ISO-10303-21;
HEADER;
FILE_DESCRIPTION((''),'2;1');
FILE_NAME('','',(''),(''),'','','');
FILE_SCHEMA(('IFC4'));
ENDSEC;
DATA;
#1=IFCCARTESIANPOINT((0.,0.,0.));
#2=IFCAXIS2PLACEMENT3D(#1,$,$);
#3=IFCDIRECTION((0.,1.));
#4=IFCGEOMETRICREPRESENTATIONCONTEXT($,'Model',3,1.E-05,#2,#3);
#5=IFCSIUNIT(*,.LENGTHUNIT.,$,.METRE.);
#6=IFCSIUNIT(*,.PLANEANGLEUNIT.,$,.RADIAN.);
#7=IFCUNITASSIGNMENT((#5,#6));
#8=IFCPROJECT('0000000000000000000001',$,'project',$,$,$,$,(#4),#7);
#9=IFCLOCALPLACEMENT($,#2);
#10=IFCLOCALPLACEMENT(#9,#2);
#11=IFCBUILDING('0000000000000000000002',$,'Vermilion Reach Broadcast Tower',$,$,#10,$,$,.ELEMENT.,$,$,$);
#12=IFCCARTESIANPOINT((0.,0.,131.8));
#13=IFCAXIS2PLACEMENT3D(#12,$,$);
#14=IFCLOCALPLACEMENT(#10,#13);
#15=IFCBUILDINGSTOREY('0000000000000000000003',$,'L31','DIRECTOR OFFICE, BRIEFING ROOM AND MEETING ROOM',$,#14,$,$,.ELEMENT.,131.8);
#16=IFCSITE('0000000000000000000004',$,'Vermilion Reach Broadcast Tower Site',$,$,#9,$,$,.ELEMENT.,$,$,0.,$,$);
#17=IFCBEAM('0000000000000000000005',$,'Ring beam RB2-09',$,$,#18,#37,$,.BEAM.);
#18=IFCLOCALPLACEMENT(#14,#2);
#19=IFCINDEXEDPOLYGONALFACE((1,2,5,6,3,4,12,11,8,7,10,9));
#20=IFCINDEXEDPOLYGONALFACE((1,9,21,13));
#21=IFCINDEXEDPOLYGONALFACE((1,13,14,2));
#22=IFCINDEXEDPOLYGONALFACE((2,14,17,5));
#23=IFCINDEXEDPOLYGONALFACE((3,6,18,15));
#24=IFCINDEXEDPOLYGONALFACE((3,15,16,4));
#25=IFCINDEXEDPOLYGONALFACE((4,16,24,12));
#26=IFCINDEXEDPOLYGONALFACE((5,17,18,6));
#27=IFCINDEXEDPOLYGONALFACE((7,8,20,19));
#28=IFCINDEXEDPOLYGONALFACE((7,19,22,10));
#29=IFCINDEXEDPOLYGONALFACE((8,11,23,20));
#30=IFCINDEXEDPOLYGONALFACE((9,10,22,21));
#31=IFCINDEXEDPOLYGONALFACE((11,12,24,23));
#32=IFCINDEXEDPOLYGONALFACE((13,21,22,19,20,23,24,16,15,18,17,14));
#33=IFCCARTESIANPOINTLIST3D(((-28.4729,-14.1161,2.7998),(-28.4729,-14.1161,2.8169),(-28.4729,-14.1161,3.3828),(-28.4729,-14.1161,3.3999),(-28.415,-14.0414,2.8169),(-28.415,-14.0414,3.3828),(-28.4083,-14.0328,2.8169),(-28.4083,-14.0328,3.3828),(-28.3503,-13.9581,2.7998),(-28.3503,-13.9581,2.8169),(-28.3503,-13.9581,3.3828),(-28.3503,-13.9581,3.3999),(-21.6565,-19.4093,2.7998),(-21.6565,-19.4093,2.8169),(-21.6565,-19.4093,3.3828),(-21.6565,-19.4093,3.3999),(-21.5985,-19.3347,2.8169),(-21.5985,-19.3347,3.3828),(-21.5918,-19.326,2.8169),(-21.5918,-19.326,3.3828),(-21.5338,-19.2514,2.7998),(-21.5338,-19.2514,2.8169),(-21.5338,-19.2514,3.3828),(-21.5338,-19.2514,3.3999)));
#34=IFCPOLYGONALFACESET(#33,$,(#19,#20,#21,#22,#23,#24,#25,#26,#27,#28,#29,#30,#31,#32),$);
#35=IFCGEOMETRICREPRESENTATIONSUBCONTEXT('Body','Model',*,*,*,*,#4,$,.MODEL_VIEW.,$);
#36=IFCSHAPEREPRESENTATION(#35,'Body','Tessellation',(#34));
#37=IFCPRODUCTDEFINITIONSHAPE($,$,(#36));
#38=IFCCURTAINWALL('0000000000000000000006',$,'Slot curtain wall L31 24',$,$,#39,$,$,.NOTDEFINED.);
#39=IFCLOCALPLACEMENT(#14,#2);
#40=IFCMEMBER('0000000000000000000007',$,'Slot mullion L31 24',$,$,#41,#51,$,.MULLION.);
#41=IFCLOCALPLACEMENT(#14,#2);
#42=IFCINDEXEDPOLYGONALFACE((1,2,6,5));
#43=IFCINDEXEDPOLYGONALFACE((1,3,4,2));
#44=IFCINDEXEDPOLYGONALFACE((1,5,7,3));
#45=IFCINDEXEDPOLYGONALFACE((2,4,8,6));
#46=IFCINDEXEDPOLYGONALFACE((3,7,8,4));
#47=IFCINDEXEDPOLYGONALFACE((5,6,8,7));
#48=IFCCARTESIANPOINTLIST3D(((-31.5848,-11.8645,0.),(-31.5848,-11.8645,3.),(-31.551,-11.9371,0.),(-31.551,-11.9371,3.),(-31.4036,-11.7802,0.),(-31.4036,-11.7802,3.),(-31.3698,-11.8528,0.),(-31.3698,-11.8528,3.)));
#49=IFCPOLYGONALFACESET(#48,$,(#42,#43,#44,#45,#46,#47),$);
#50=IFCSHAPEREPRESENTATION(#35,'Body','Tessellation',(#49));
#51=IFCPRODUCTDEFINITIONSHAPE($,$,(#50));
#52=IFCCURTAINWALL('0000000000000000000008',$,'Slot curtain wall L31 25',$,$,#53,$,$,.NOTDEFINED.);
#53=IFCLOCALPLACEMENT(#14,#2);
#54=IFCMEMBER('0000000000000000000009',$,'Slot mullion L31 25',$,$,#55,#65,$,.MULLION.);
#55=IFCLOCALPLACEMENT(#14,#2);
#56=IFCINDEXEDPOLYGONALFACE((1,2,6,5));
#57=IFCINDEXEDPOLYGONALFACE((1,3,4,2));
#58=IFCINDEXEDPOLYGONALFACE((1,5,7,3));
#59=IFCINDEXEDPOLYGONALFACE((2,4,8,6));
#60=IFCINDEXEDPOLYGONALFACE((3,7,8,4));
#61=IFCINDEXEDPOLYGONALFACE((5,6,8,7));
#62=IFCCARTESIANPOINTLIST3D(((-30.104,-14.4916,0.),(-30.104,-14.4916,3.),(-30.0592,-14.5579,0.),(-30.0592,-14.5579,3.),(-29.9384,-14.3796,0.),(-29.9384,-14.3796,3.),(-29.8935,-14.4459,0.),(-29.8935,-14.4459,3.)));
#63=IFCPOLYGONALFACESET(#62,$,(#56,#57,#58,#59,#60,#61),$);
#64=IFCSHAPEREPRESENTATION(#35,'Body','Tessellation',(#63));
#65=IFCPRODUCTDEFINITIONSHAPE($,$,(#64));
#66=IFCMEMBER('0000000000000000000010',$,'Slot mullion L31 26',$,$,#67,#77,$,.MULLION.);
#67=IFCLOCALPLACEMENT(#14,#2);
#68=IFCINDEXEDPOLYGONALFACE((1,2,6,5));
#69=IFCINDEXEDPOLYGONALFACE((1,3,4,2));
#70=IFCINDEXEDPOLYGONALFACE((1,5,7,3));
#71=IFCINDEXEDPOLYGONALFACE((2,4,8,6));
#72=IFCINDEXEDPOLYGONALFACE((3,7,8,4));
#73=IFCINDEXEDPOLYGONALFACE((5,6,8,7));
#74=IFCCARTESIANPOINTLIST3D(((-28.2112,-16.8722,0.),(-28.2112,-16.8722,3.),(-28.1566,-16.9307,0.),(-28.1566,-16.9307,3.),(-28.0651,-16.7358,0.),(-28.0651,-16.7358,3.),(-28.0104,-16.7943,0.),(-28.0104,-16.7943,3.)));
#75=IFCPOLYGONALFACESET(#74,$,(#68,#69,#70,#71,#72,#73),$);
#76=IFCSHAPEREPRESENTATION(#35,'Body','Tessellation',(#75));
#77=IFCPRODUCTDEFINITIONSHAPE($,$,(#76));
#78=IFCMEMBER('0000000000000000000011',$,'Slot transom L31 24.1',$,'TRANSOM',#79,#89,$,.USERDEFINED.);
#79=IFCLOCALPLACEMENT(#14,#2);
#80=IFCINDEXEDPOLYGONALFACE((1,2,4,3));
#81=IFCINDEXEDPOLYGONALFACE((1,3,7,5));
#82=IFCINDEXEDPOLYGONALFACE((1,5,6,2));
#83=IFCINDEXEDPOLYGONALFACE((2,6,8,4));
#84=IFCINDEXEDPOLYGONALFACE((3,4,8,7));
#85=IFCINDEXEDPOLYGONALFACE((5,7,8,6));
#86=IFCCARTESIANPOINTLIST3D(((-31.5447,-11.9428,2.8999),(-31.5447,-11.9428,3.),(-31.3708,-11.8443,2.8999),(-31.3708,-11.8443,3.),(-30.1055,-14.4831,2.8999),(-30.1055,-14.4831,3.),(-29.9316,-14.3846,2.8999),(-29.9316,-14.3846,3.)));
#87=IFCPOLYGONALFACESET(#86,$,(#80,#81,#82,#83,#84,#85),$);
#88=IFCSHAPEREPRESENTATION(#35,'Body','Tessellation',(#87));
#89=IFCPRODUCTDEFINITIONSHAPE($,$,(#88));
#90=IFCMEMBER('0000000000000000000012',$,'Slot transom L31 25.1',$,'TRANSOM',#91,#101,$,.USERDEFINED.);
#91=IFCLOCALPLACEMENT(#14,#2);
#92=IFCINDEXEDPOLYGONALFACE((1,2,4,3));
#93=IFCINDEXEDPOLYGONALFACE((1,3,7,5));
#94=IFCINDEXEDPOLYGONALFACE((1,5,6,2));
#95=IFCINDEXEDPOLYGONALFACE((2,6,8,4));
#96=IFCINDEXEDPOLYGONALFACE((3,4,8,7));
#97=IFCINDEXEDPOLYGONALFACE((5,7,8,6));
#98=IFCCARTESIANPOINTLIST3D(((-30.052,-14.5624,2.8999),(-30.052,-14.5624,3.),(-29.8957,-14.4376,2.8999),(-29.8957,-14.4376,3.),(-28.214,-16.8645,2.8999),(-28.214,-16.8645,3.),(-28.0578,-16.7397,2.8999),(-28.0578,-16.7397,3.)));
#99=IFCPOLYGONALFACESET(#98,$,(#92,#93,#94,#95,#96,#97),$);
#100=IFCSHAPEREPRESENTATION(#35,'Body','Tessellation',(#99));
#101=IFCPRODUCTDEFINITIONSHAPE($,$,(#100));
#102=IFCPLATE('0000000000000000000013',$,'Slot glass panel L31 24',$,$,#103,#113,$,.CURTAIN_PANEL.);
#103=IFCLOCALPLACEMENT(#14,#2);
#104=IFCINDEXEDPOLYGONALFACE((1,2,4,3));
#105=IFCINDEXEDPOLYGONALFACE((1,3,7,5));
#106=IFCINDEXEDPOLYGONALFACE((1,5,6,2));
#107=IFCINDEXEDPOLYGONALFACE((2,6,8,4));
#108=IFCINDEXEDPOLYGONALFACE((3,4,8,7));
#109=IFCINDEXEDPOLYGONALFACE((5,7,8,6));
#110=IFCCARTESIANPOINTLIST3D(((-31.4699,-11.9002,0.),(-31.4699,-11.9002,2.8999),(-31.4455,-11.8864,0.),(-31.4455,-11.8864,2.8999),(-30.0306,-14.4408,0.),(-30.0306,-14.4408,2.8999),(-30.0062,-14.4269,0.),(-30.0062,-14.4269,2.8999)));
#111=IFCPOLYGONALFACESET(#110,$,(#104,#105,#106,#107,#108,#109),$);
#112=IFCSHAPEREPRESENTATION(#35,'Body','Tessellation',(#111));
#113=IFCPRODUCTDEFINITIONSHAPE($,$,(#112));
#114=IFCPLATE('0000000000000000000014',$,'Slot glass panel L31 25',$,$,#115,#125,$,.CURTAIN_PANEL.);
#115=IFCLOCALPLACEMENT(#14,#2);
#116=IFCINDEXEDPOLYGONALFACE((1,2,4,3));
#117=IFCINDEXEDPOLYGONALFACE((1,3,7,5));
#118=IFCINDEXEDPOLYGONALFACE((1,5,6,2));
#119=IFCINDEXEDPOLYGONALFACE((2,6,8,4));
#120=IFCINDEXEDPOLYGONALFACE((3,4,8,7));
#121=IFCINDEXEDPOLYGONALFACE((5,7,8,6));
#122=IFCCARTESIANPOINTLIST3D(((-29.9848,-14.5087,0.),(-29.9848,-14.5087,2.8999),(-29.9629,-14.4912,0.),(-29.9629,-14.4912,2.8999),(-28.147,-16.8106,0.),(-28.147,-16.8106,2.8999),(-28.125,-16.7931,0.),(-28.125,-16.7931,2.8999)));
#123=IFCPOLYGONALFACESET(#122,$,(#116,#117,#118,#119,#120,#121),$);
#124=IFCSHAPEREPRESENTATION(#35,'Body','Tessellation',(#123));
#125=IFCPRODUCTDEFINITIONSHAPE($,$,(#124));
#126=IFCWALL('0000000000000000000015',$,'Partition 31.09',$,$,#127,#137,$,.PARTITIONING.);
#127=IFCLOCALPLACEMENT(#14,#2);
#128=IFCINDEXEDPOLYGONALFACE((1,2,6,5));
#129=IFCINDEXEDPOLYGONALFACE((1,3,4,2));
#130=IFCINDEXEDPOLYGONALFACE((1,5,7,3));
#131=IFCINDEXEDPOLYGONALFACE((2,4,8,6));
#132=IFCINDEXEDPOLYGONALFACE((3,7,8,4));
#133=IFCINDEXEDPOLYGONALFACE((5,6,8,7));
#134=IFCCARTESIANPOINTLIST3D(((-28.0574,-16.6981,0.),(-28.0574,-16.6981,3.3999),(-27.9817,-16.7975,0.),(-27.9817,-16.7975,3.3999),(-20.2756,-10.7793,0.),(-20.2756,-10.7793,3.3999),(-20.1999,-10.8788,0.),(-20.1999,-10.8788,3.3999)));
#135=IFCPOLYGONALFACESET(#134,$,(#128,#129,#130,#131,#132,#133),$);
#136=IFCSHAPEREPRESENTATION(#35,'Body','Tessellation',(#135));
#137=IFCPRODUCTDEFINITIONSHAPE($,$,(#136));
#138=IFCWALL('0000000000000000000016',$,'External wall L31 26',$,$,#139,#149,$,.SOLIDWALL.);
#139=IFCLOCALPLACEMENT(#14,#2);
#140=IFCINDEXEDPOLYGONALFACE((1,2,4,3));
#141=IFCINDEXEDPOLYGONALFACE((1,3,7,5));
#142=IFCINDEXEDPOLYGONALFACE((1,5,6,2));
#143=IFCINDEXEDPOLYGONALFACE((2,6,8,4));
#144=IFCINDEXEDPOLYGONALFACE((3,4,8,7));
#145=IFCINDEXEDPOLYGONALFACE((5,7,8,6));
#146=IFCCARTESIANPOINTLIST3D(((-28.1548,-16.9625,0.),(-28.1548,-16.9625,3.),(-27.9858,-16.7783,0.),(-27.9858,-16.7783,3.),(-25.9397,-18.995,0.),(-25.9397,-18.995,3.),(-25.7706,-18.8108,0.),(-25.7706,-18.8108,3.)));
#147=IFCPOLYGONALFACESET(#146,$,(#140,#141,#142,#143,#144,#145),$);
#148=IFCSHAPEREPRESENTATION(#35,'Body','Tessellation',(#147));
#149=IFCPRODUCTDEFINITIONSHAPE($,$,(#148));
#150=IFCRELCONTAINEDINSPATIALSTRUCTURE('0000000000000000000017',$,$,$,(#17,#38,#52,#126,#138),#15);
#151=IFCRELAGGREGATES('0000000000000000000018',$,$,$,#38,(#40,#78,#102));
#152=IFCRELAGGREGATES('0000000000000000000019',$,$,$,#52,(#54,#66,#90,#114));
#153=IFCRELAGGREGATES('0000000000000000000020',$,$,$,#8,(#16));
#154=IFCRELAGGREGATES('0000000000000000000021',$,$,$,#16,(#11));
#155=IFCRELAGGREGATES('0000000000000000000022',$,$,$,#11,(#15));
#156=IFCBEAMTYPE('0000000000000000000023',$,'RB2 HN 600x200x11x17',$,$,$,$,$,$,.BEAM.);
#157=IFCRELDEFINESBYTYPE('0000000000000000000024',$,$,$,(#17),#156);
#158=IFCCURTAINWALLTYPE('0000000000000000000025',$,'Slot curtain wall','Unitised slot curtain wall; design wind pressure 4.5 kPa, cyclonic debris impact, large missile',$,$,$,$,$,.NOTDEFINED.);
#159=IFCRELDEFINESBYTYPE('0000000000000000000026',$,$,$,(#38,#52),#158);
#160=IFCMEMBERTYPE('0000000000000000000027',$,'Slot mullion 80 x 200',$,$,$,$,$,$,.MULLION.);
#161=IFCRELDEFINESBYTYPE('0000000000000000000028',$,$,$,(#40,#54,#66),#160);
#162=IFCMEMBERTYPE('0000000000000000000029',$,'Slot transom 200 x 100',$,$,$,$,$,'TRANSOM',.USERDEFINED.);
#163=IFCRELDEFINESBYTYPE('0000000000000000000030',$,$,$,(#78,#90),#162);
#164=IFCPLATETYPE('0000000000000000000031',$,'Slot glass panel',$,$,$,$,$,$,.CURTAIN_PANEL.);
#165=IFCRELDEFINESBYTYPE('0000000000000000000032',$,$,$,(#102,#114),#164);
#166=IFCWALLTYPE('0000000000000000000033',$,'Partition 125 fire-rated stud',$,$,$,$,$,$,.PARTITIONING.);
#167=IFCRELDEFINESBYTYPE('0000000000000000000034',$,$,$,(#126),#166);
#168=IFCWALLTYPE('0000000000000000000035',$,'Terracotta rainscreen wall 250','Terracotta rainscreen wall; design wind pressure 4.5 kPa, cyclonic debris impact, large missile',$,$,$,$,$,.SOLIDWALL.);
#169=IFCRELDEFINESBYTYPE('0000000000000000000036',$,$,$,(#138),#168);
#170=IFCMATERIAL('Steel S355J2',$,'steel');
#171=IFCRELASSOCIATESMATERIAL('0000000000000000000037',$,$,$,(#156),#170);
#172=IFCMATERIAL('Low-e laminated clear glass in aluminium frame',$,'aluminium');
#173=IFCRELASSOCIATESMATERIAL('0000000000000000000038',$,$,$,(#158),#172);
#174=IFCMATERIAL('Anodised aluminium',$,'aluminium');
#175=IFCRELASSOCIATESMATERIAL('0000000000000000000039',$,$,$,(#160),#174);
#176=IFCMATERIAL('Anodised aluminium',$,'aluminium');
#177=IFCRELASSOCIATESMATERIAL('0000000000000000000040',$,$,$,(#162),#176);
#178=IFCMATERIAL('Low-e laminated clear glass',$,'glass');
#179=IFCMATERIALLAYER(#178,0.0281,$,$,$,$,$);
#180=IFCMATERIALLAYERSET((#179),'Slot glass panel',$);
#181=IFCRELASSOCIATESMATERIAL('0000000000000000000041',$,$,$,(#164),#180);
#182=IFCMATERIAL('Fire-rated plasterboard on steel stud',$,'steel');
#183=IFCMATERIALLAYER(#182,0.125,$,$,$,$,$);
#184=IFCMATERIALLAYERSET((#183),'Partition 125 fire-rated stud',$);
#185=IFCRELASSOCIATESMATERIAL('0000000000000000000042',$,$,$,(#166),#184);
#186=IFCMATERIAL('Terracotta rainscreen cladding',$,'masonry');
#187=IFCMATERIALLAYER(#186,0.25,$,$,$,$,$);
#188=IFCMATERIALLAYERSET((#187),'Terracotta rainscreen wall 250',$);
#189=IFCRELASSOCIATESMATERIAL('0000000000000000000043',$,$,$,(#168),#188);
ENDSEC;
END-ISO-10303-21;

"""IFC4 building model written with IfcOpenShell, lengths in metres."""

from ifc_helpers import new_model, si_unit, direction, frame, frame_2d, origin, origin_2d, place, context, subcontext, project, spatial, rectangle, i_section, extrude, material, layer, layer_set, material_profile, profile_set, type_object, element, aggregate, save


model = new_model("IFC4")

# Units and contexts
model_context = context("Model", 3, precision=1e-05, world=origin(), true_north=direction((0.0, 1.0)))
body_context = subcontext(model_context, "Body", "Model", "MODEL_VIEW")
ifc_project = project(units=[si_unit("LENGTHUNIT", "METRE"), si_unit("PLANEANGLEUNIT", "RADIAN")], contexts=[model_context])

# Site, building, storey
site_placement = place(None, origin())
site = spatial("IfcSite", under=ifc_project, at=site_placement, Name="Vermilion Reach Broadcast Tower Site", CompositionType="ELEMENT", RefElevation=0.0)
building_placement = place(site_placement, origin())
building = spatial("IfcBuilding", under=site, at=building_placement, Name="Vermilion Reach Broadcast Tower", CompositionType="ELEMENT")
storey_placement = place(building_placement, frame((0.0, 0.0, 131.8)))
storey = spatial("IfcBuildingStorey", under=building, at=storey_placement, Name="L31", Description="DIRECTOR OFFICE, BRIEFING ROOM AND MEETING ROOM", CompositionType="ELEMENT", Elevation=131.8)

# Beam
ifc_material_1 = material(Name="Steel S355J2", Category="steel")
ifc_material_profile_1 = material_profile(ifc_material_1, i_section(OverallWidth=0.2, OverallDepth=0.6001, WebThickness=0.011, FlangeThickness=0.0171, at=origin_2d()), Name="S355J2 HN 600x200x11x17")
ifc_profile_set_1 = profile_set([ifc_material_profile_1], Name="Steel S355J2")
beam_type_1 = type_object("IfcBeamType", Name="RB2 HN 600x200x11x17", PredefinedType="BEAM", material=ifc_profile_set_1)
beam_1_placement = place(storey_placement, frame((-28.4116, -14.0371, 3.0999), z_axis=(0.789826, -0.613331, 0.0), x_axis=(0.613331, 0.789826, 0.0)))
element("IfcBeam", 1, at=beam_1_placement, inside=storey, type_object=beam_type_1, Name="Ring beam RB2-09", PredefinedType="BEAM", context=body_context, shape_type="SweptSolid", body=[
    extrude(i_section(OverallWidth=0.2, OverallDepth=0.6001, WebThickness=0.011, FlangeThickness=0.0171, at=origin_2d()), origin(), (0.0, 0.0, 1.0), 8.6304),
])

# Curtain wall, member
ifc_material_2 = material(Name="Low-e laminated clear glass in aluminium frame", Category="aluminium")
curtain_wall_type = type_object("IfcCurtainWallType", Name="Slot curtain wall", Description="Unitised slot curtain wall; design wind pressure 4.5 kPa, cyclonic debris impact, large missile", PredefinedType="NOTDEFINED", material=ifc_material_2)
placement = place(storey_placement, origin())
curtain_wall_1 = element("IfcCurtainWall", 2, at=placement, inside=storey, type_object=curtain_wall_type, Name="Slot curtain wall L31 24", PredefinedType="NOTDEFINED")
ifc_material_3 = material(Name="Anodised aluminium", Category="aluminium")
ifc_material_profile_2 = material_profile(ifc_material_3, rectangle(XDim=0.2, YDim=0.0801, at=origin_2d()), Name="Slot mullion 80 x 200")
ifc_profile_set_2 = profile_set([ifc_material_profile_2], Name="Anodised aluminium")
member_type_1 = type_object("IfcMemberType", Name="Slot mullion 80 x 200", PredefinedType="MULLION", material=ifc_profile_set_2)
member_1_placement = place(storey_placement, frame((-31.4773, -11.8586, 0.0), z_axis=(0.0, 0.0, 1.0), x_axis=(0.906603, 0.421985, 0.0)))
member_1 = element("IfcMember", 3, at=member_1_placement, type_object=member_type_1, Name="Slot mullion L31 24", PredefinedType="MULLION", context=body_context, shape_type="SweptSolid", body=[
    extrude(rectangle(XDim=0.2, YDim=0.0801, at=origin_2d()), origin(), (0.0, 0.0, 1.0), 3.0),
])

# Curtain wall, members
curtain_wall_2 = element("IfcCurtainWall", 4, at=placement, inside=storey, type_object=curtain_wall_type, Name="Slot curtain wall L31 25", PredefinedType="NOTDEFINED")
member_2_placement = place(storey_placement, frame((-29.9988, -14.4688, 0.0), z_axis=(0.0, 0.0, 1.0), x_axis=(0.828365, 0.560189, 0.0)))
member_2 = element("IfcMember", 5, at=member_2_placement, type_object=member_type_1, Name="Slot mullion L31 25", PredefinedType="MULLION", context=body_context, shape_type="SweptSolid", body=[
    extrude(rectangle(XDim=0.2, YDim=0.0801, at=origin_2d()), origin(), (0.0, 0.0, 1.0), 3.0),
])
member_3_placement = place(storey_placement, frame((-28.1108, -16.8333, 0.0), z_axis=(0.0, 0.0, 1.0), x_axis=(0.730956, 0.682425, 0.0)))
member_3 = element("IfcMember", 6, at=member_3_placement, type_object=member_type_1, Name="Slot mullion L31 26", PredefinedType="MULLION", context=body_context, shape_type="SweptSolid", body=[
    extrude(rectangle(XDim=0.2, YDim=0.0801, at=origin_2d()), origin(), (0.0, 0.0, 1.0), 3.0),
])

# Members
ifc_material_4 = material(Name="Anodised aluminium", Category="aluminium")
ifc_material_profile_3 = material_profile(ifc_material_4, rectangle(XDim=0.2, YDim=0.1001, at=origin_2d()), Name="Slot transom 200 x 100")
ifc_profile_set_3 = profile_set([ifc_material_profile_3], Name="Anodised aluminium")
member_type_2 = type_object("IfcMemberType", Name="Slot transom 200 x 100", ElementType="TRANSOM", PredefinedType="USERDEFINED", material=ifc_profile_set_3)
member_4_placement = place(storey_placement, frame((-31.4578, -11.8936, 2.95), z_axis=(0.492939, -0.870064, 0.0), x_axis=(0.870064, 0.492939, 0.0)))
member_4 = element("IfcMember", 7, at=member_4_placement, type_object=member_type_2, Name="Slot transom L31 24.1", ObjectType="TRANSOM", PredefinedType="USERDEFINED", context=body_context, shape_type="SweptSolid", body=[
    extrude(rectangle(XDim=0.2, YDim=0.1001, at=origin_2d()), origin(), (0.0, 0.0, 1.0), 2.9197),
])
member_5_placement = place(storey_placement, frame((-29.9739, -14.5, 2.95), z_axis=(0.623927, -0.781483, 0.0), x_axis=(0.781483, 0.623927, 0.0)))
member_5 = element("IfcMember", 8, at=member_5_placement, type_object=member_type_2, Name="Slot transom L31 25.1", ObjectType="TRANSOM", PredefinedType="USERDEFINED", context=body_context, shape_type="SweptSolid", body=[
    extrude(rectangle(XDim=0.2, YDim=0.1001, at=origin_2d()), origin(), (0.0, 0.0, 1.0), 2.9458),
])

# Plates
ifc_material_5 = material(Name="Low-e laminated clear glass", Category="glass")
ifc_layer_1 = layer(ifc_material_5, 0.0281)
ifc_layer_set_1 = layer_set([ifc_layer_1], Name="Slot glass panel")
plate_type = type_object("IfcPlateType", Name="Slot glass panel", PredefinedType="CURTAIN_PANEL", material=ifc_layer_set_1)
plate_1_placement = place(storey_placement, frame((-30.738, -13.1636, 0.0), z_axis=(0.0, 0.0, 1.0), x_axis=(0.492928, -0.87007, 0.0)))
plate_1 = element("IfcPlate", 9, at=plate_1_placement, type_object=plate_type, Name="Slot glass panel L31 24", PredefinedType="CURTAIN_PANEL", context=body_context, shape_type="SweptSolid", body=[
    extrude(rectangle(XDim=2.9199, YDim=0.0281, at=origin_2d()), origin(), (0.0, 0.0, 1.0), 2.8999),
])
aggregate(curtain_wall_1, [member_1, member_4, plate_1])
plate_2_placement = place(storey_placement, frame((-29.0549, -15.6509, 0.0), z_axis=(0.0, 0.0, 1.0), x_axis=(0.623941, -0.781471, 0.0)))
plate_2 = element("IfcPlate", 10, at=plate_2_placement, type_object=plate_type, Name="Slot glass panel L31 25", PredefinedType="CURTAIN_PANEL", context=body_context, shape_type="SweptSolid", body=[
    extrude(rectangle(XDim=2.9456, YDim=0.0281, at=origin_2d()), origin(), (0.0, 0.0, 1.0), 2.8999),
])
aggregate(curtain_wall_2, [member_2, member_3, member_5, plate_2])

# Walls
ifc_material_6 = material(Name="Fire-rated plasterboard on steel stud", Category="steel")
ifc_layer_2 = layer(ifc_material_6, 0.125)
ifc_layer_set_2 = layer_set([ifc_layer_2], Name="Partition 125 fire-rated stud")
wall_type_1 = type_object("IfcWallType", Name="Partition 125 fire-rated stud", PredefinedType="PARTITIONING", material=ifc_layer_set_2)
wall_1_placement = place(storey_placement, frame((-28.0195, -16.7478, 0.0), z_axis=(0.0, 0.0, 1.0), x_axis=(0.795936, 0.60538, 0.0)))
element("IfcWall", 11, at=wall_1_placement, inside=storey, type_object=wall_type_1, Name="Partition 31.09", PredefinedType="PARTITIONING", context=body_context, shape_type="SweptSolid", body=[
    extrude(rectangle(XDim=9.7769, YDim=0.125, at=frame_2d((4.8884, 0.0))), origin(), (0.0, 0.0, 1.0), 3.3999),
])
ifc_material_7 = material(Name="Terracotta rainscreen cladding", Category="masonry")
ifc_layer_3 = layer(ifc_material_7, 0.25)
ifc_layer_set_3 = layer_set([ifc_layer_3], Name="Terracotta rainscreen wall 250")
wall_type_2 = type_object("IfcWallType", Name="Terracotta rainscreen wall 250", Description="Terracotta rainscreen wall; design wind pressure 4.5 kPa, cyclonic debris impact, large missile", PredefinedType="SOLIDWALL", material=ifc_layer_set_3)
wall_2_placement = place(storey_placement, frame((-28.0703, -16.8704, 0.0), z_axis=(0.0, 0.0, 1.0), x_axis=(0.736827, -0.676081, 0.0)))
element("IfcWall", 12, at=wall_2_placement, inside=storey, type_object=wall_type_2, Name="External wall L31 26", PredefinedType="SOLIDWALL", context=body_context, shape_type="SweptSolid", body=[
    extrude(rectangle(XDim=3.0063, YDim=0.25, at=frame_2d((1.5032, 0.0))), origin(), (0.0, 0.0, 1.0), 3.0),
])

save(model, "model.ifc")
